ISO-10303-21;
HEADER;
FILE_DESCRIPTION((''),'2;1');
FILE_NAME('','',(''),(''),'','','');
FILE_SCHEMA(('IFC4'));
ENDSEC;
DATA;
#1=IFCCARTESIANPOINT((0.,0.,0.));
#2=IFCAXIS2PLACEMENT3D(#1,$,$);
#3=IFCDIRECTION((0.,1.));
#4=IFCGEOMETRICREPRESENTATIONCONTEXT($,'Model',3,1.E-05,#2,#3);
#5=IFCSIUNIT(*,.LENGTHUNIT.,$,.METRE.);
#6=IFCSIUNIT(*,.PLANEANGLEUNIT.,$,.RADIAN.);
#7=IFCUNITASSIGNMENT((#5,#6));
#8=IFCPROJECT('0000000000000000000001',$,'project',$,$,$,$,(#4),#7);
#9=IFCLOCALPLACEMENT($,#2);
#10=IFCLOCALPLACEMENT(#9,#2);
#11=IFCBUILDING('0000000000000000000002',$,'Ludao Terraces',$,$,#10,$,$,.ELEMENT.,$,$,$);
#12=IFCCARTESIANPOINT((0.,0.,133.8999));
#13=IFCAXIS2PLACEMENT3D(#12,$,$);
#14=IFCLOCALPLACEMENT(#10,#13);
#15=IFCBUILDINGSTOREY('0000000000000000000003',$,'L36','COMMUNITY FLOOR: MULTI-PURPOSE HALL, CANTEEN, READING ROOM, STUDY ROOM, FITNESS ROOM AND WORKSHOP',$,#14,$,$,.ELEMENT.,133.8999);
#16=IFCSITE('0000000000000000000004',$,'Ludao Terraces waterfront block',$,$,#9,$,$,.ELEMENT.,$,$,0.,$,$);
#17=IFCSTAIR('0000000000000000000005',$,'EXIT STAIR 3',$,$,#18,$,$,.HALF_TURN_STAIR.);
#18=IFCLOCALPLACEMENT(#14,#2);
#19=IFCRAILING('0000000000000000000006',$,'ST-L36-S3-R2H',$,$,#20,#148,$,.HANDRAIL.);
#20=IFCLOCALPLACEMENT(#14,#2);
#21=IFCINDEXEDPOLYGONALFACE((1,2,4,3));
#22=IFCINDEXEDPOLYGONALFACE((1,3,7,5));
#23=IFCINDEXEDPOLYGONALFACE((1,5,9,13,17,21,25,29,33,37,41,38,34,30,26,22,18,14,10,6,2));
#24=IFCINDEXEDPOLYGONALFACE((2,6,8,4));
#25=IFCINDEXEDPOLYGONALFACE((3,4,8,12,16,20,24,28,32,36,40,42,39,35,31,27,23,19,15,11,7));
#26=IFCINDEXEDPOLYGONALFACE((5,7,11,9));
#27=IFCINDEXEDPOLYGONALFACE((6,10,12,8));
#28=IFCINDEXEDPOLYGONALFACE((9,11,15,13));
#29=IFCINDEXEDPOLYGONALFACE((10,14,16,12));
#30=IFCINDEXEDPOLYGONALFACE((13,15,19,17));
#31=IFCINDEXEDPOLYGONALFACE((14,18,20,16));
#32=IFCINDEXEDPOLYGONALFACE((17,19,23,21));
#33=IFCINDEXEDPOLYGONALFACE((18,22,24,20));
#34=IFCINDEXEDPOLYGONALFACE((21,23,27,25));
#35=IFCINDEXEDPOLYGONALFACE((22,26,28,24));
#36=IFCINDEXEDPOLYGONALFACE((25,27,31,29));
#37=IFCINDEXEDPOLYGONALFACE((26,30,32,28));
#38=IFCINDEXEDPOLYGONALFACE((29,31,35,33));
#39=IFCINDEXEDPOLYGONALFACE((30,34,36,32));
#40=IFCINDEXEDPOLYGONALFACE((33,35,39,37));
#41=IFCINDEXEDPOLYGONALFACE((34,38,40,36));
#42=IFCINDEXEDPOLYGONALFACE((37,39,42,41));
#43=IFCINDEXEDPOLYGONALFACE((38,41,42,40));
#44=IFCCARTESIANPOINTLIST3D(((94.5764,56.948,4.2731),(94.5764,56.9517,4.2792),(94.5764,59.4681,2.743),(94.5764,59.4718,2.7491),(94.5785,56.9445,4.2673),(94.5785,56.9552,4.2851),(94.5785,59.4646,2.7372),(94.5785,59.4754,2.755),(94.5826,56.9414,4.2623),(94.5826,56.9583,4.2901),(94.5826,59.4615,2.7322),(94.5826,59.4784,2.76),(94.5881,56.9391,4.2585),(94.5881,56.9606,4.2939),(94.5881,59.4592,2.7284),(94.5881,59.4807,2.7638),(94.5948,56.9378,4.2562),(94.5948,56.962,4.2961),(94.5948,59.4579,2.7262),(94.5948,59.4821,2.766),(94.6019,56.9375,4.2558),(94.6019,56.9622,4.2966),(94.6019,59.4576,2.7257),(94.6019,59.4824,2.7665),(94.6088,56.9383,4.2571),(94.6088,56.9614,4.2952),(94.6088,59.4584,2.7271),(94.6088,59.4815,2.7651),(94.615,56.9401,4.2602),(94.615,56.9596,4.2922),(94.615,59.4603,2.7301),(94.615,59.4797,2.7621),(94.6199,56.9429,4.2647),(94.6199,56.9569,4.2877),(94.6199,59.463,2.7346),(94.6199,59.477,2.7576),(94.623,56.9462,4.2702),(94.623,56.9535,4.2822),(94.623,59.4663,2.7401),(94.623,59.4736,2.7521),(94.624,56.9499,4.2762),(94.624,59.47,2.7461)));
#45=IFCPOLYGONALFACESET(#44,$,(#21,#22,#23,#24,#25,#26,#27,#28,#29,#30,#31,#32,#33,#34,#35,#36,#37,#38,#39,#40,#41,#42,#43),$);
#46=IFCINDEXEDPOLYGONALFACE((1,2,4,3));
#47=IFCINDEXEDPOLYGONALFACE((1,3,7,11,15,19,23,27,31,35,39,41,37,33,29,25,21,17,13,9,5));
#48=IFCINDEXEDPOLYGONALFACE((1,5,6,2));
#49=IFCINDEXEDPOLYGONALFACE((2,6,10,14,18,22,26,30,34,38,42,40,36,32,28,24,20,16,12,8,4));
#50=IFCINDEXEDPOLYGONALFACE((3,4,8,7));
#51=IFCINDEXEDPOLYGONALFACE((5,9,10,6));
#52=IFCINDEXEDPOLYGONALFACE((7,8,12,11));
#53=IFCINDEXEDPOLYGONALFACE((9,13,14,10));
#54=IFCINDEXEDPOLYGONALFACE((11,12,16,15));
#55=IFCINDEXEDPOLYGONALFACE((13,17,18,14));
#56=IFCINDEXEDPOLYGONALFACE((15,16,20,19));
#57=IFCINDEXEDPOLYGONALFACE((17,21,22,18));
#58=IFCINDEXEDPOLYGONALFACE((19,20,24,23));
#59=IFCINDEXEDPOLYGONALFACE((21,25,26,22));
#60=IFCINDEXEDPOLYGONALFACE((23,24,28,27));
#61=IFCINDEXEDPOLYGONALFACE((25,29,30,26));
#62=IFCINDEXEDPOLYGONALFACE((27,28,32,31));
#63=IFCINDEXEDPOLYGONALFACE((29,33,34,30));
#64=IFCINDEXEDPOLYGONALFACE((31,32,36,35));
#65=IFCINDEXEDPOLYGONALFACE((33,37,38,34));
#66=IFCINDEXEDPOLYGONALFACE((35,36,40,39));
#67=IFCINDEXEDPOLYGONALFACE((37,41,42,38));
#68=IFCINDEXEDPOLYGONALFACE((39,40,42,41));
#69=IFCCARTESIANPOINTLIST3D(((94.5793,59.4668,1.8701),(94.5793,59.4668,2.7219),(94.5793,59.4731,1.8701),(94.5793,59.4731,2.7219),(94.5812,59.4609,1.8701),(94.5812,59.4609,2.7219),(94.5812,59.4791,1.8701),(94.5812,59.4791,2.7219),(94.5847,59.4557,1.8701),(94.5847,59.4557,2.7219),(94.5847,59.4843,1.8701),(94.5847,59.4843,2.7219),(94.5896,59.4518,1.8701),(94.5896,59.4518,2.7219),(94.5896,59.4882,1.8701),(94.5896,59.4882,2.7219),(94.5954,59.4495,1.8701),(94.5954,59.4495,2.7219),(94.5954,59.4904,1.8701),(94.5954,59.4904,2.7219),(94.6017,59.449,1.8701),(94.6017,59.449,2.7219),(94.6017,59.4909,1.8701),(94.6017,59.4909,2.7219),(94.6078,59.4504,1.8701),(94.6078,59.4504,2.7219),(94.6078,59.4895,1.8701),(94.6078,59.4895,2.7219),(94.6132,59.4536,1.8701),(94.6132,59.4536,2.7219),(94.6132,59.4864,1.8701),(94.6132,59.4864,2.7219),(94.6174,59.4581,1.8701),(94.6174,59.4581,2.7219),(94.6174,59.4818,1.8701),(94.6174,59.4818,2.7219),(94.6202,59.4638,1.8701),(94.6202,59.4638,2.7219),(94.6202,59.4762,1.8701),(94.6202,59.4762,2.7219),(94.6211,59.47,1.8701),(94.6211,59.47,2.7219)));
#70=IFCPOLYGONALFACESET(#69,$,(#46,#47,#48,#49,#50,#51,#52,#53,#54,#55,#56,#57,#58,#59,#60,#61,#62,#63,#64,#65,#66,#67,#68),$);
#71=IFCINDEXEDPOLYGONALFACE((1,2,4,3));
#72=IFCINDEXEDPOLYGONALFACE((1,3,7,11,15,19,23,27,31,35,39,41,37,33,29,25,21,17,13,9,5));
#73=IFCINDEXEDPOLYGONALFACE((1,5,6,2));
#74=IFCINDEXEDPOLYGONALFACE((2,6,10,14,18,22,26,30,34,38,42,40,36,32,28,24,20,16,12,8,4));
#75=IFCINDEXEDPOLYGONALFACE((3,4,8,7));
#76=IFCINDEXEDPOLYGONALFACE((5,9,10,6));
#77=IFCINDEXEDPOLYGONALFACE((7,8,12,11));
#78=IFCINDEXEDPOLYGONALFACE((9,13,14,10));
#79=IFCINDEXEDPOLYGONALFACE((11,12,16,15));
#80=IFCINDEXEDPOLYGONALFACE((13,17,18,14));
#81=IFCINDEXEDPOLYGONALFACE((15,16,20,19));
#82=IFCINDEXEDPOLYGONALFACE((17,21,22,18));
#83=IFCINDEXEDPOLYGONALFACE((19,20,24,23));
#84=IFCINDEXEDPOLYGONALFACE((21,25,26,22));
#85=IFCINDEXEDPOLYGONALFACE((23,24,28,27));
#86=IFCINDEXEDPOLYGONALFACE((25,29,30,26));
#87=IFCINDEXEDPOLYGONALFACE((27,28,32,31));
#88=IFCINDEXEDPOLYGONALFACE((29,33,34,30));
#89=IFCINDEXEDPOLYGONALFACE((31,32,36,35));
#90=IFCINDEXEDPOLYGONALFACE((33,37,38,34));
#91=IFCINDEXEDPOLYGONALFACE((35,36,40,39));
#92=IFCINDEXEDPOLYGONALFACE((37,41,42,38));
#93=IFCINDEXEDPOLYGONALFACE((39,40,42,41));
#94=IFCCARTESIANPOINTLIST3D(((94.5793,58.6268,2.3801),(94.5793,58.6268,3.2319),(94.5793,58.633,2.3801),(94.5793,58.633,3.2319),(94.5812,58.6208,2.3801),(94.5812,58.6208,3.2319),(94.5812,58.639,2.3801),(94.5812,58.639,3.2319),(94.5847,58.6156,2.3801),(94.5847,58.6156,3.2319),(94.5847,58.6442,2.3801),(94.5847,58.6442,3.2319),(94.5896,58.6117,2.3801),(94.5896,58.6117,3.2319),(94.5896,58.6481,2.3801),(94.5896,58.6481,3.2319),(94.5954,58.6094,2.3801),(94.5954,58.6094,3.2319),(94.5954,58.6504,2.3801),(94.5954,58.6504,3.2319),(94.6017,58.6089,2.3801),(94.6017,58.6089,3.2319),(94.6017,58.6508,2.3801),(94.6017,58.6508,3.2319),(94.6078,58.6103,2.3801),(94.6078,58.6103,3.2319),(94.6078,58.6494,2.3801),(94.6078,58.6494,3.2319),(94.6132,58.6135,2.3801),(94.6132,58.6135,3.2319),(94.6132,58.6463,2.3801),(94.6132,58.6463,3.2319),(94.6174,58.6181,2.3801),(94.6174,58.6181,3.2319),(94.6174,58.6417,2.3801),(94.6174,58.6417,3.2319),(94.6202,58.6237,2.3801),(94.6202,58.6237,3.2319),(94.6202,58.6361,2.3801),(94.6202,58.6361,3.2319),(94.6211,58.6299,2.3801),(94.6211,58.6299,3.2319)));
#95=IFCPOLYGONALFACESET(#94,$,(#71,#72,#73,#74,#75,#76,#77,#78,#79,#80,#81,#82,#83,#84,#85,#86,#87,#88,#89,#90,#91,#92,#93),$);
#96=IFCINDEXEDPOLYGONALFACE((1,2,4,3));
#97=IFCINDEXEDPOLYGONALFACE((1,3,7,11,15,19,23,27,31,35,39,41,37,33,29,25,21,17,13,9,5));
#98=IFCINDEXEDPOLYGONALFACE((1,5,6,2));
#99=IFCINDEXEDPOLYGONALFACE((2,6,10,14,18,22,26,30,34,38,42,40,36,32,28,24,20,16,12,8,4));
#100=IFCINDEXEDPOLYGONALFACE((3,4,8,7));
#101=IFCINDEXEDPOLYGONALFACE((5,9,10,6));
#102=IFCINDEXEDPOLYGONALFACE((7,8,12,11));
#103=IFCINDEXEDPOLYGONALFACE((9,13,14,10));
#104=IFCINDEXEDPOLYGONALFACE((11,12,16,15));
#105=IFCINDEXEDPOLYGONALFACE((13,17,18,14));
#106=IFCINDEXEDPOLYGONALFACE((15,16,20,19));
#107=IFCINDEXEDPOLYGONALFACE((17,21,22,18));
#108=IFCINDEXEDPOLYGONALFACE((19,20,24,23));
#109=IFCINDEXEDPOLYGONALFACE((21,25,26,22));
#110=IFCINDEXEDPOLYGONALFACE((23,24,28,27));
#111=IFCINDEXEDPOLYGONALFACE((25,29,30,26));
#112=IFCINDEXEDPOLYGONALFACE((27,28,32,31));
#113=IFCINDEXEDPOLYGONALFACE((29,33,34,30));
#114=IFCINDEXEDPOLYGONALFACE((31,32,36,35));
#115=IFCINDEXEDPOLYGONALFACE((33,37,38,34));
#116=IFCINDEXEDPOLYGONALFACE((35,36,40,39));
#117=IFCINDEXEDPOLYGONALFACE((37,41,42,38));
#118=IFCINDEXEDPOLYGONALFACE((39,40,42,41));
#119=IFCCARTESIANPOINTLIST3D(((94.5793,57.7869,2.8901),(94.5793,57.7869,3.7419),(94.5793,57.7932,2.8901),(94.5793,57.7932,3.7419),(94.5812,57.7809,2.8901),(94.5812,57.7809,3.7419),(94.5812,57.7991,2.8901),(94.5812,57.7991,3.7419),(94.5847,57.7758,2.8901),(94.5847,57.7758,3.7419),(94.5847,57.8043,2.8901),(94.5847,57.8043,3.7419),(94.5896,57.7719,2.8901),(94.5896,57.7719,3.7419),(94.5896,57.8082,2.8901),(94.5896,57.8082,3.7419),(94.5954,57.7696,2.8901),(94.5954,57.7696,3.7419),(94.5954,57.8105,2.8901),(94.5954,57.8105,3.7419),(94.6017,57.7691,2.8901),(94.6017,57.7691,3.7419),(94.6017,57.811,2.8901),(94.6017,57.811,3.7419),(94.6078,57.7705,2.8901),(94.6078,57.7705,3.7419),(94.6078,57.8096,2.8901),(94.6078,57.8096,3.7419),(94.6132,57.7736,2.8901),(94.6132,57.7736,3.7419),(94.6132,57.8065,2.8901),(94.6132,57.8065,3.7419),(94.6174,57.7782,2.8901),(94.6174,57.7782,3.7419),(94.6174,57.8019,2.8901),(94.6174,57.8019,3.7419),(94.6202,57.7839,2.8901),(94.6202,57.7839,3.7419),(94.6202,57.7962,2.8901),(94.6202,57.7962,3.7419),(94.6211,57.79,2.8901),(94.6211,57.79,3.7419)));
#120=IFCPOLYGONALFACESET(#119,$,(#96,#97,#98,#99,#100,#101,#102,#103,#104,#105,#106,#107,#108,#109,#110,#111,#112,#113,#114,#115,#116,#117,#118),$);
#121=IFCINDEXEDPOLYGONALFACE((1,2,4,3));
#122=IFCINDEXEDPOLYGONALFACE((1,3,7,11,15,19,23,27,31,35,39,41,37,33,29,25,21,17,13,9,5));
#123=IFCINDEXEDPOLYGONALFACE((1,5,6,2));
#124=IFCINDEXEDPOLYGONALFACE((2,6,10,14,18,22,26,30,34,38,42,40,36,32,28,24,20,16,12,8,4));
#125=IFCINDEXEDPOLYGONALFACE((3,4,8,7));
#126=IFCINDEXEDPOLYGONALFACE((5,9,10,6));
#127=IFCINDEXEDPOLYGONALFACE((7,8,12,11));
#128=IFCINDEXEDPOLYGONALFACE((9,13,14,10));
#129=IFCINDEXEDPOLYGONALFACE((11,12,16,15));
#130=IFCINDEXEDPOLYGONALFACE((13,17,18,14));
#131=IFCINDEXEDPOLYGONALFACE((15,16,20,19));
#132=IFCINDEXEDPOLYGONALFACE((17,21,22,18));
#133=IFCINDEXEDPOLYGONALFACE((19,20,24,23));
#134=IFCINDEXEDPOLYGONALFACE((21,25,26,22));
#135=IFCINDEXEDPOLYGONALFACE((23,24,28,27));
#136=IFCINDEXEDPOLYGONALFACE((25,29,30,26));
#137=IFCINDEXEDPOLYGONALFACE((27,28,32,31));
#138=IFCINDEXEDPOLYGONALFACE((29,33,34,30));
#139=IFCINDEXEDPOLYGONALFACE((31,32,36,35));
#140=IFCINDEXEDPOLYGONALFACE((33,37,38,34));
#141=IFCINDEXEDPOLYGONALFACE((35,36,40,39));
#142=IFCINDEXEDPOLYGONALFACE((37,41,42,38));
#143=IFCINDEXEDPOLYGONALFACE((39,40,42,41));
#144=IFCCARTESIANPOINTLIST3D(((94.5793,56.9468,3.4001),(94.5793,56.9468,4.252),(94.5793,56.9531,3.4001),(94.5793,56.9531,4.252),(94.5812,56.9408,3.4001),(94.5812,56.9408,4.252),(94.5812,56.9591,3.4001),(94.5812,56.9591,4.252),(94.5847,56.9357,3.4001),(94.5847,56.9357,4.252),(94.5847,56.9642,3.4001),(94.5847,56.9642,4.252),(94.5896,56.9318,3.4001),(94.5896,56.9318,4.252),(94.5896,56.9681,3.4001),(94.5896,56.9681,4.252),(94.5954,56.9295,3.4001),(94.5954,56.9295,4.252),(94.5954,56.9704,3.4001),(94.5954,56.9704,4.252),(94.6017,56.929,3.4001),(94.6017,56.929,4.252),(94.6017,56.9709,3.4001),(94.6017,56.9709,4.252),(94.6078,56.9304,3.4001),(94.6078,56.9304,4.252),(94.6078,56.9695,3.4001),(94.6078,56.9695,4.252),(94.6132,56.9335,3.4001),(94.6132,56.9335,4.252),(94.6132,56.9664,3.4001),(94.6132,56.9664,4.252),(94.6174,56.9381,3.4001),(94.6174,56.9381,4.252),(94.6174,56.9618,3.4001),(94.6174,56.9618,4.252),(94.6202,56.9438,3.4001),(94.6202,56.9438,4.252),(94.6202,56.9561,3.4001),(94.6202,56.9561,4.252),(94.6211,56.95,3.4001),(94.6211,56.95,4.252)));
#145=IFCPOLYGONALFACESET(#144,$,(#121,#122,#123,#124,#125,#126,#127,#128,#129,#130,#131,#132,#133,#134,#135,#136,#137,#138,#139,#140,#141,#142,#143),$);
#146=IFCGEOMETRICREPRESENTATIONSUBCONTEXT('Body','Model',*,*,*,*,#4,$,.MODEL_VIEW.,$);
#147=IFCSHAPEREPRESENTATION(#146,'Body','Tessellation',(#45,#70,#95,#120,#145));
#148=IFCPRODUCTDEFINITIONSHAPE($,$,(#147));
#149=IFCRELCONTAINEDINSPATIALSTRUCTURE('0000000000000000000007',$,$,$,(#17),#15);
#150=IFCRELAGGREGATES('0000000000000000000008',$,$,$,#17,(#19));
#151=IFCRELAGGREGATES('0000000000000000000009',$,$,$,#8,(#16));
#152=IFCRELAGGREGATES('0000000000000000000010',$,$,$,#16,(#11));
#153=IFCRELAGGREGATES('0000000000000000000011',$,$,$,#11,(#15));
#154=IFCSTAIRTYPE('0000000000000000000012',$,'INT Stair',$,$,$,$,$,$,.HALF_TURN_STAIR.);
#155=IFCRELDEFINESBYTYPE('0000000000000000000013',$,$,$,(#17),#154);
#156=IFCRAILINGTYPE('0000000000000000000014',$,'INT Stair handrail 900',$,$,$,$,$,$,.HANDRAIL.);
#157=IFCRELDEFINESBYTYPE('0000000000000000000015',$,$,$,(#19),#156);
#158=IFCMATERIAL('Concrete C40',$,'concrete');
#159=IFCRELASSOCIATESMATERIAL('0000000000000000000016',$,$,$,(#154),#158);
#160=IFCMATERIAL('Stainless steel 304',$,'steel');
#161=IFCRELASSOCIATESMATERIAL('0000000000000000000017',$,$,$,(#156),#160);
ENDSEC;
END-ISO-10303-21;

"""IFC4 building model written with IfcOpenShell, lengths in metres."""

from ifc_helpers import new_model, si_unit, direction, frame, origin, origin_2d, place, context, subcontext, project, spatial, circle, extrude, material, type_object, element, aggregate, save


model = new_model("IFC4")

# Units and contexts
model_context = context("Model", 3, precision=1e-05, world=origin(), true_north=direction((0.0, 1.0)))
body_context = subcontext(model_context, "Body", "Model", "MODEL_VIEW")
ifc_project = project(units=[si_unit("LENGTHUNIT", "METRE"), si_unit("PLANEANGLEUNIT", "RADIAN")], contexts=[model_context])

# Site, building, storey
site_placement = place(None, origin())
site = spatial("IfcSite", under=ifc_project, at=site_placement, Name="Ludao Terraces waterfront block", CompositionType="ELEMENT", RefElevation=0.0)
building_placement = place(site_placement, origin())
building = spatial("IfcBuilding", under=site, at=building_placement, Name="Ludao Terraces", CompositionType="ELEMENT")
storey_placement = place(building_placement, frame((0.0, 0.0, 133.8999)))
storey = spatial("IfcBuildingStorey", under=building, at=storey_placement, Name="L36", Description="COMMUNITY FLOOR: MULTI-PURPOSE HALL, CANTEEN, READING ROOM, STUDY ROOM, FITNESS ROOM AND WORKSHOP", CompositionType="ELEMENT", Elevation=133.8999)

# Shared definitions
ifc_material_1 = material(Name="Concrete C40", Category="concrete")

# Shared definitions
ifc_material_2 = material(Name="Stainless steel 304", Category="steel")

# Stair, railing
stair_type = type_object("IfcStairType", Name="INT Stair", PredefinedType="HALF_TURN_STAIR", material=ifc_material_1)
stair_placement = place(storey_placement, origin())
stair = element("IfcStair", 1, at=stair_placement, inside=storey, type_object=stair_type, Name="EXIT STAIR 3", PredefinedType="HALF_TURN_STAIR")
railing_type_1 = type_object("IfcRailingType", Name="INT Stair handrail 900", PredefinedType="HANDRAIL", material=ifc_material_2)
railing_1_placement = place(storey_placement, frame((94.6001, 59.47, 1.8701)))
railing_1 = element("IfcRailing", 2, at=railing_1_placement, type_object=railing_type_1, Name="ST-L36-S3-R2H", PredefinedType="HANDRAIL", context=body_context, shape_type="SweptSolid", body=[
    extrude(circle(Radius=0.0239, at=origin_2d()), frame((0.0, 0.0, 0.876), z_axis=(0.0, -0.854785, 0.518982), x_axis=(1.0, 0.0, 0.0)), (0.0, 0.0, 1.0), 2.9482),
    extrude(circle(Radius=0.021, at=origin_2d()), origin(), (0.0, 0.0, 1.0), 0.8518),
    extrude(circle(Radius=0.021, at=origin_2d()), frame((0.0, -0.8401, 0.51)), (0.0, 0.0, 1.0), 0.8518),
    extrude(circle(Radius=0.021, at=origin_2d()), frame((0.0, -1.6799, 1.02)), (0.0, 0.0, 1.0), 0.8518),
    extrude(circle(Radius=0.021, at=origin_2d()), frame((0.0, -2.52, 1.53)), (0.0, 0.0, 1.0), 0.8518),
])
aggregate(stair, [railing_1])

save(model, "model.ifc")
